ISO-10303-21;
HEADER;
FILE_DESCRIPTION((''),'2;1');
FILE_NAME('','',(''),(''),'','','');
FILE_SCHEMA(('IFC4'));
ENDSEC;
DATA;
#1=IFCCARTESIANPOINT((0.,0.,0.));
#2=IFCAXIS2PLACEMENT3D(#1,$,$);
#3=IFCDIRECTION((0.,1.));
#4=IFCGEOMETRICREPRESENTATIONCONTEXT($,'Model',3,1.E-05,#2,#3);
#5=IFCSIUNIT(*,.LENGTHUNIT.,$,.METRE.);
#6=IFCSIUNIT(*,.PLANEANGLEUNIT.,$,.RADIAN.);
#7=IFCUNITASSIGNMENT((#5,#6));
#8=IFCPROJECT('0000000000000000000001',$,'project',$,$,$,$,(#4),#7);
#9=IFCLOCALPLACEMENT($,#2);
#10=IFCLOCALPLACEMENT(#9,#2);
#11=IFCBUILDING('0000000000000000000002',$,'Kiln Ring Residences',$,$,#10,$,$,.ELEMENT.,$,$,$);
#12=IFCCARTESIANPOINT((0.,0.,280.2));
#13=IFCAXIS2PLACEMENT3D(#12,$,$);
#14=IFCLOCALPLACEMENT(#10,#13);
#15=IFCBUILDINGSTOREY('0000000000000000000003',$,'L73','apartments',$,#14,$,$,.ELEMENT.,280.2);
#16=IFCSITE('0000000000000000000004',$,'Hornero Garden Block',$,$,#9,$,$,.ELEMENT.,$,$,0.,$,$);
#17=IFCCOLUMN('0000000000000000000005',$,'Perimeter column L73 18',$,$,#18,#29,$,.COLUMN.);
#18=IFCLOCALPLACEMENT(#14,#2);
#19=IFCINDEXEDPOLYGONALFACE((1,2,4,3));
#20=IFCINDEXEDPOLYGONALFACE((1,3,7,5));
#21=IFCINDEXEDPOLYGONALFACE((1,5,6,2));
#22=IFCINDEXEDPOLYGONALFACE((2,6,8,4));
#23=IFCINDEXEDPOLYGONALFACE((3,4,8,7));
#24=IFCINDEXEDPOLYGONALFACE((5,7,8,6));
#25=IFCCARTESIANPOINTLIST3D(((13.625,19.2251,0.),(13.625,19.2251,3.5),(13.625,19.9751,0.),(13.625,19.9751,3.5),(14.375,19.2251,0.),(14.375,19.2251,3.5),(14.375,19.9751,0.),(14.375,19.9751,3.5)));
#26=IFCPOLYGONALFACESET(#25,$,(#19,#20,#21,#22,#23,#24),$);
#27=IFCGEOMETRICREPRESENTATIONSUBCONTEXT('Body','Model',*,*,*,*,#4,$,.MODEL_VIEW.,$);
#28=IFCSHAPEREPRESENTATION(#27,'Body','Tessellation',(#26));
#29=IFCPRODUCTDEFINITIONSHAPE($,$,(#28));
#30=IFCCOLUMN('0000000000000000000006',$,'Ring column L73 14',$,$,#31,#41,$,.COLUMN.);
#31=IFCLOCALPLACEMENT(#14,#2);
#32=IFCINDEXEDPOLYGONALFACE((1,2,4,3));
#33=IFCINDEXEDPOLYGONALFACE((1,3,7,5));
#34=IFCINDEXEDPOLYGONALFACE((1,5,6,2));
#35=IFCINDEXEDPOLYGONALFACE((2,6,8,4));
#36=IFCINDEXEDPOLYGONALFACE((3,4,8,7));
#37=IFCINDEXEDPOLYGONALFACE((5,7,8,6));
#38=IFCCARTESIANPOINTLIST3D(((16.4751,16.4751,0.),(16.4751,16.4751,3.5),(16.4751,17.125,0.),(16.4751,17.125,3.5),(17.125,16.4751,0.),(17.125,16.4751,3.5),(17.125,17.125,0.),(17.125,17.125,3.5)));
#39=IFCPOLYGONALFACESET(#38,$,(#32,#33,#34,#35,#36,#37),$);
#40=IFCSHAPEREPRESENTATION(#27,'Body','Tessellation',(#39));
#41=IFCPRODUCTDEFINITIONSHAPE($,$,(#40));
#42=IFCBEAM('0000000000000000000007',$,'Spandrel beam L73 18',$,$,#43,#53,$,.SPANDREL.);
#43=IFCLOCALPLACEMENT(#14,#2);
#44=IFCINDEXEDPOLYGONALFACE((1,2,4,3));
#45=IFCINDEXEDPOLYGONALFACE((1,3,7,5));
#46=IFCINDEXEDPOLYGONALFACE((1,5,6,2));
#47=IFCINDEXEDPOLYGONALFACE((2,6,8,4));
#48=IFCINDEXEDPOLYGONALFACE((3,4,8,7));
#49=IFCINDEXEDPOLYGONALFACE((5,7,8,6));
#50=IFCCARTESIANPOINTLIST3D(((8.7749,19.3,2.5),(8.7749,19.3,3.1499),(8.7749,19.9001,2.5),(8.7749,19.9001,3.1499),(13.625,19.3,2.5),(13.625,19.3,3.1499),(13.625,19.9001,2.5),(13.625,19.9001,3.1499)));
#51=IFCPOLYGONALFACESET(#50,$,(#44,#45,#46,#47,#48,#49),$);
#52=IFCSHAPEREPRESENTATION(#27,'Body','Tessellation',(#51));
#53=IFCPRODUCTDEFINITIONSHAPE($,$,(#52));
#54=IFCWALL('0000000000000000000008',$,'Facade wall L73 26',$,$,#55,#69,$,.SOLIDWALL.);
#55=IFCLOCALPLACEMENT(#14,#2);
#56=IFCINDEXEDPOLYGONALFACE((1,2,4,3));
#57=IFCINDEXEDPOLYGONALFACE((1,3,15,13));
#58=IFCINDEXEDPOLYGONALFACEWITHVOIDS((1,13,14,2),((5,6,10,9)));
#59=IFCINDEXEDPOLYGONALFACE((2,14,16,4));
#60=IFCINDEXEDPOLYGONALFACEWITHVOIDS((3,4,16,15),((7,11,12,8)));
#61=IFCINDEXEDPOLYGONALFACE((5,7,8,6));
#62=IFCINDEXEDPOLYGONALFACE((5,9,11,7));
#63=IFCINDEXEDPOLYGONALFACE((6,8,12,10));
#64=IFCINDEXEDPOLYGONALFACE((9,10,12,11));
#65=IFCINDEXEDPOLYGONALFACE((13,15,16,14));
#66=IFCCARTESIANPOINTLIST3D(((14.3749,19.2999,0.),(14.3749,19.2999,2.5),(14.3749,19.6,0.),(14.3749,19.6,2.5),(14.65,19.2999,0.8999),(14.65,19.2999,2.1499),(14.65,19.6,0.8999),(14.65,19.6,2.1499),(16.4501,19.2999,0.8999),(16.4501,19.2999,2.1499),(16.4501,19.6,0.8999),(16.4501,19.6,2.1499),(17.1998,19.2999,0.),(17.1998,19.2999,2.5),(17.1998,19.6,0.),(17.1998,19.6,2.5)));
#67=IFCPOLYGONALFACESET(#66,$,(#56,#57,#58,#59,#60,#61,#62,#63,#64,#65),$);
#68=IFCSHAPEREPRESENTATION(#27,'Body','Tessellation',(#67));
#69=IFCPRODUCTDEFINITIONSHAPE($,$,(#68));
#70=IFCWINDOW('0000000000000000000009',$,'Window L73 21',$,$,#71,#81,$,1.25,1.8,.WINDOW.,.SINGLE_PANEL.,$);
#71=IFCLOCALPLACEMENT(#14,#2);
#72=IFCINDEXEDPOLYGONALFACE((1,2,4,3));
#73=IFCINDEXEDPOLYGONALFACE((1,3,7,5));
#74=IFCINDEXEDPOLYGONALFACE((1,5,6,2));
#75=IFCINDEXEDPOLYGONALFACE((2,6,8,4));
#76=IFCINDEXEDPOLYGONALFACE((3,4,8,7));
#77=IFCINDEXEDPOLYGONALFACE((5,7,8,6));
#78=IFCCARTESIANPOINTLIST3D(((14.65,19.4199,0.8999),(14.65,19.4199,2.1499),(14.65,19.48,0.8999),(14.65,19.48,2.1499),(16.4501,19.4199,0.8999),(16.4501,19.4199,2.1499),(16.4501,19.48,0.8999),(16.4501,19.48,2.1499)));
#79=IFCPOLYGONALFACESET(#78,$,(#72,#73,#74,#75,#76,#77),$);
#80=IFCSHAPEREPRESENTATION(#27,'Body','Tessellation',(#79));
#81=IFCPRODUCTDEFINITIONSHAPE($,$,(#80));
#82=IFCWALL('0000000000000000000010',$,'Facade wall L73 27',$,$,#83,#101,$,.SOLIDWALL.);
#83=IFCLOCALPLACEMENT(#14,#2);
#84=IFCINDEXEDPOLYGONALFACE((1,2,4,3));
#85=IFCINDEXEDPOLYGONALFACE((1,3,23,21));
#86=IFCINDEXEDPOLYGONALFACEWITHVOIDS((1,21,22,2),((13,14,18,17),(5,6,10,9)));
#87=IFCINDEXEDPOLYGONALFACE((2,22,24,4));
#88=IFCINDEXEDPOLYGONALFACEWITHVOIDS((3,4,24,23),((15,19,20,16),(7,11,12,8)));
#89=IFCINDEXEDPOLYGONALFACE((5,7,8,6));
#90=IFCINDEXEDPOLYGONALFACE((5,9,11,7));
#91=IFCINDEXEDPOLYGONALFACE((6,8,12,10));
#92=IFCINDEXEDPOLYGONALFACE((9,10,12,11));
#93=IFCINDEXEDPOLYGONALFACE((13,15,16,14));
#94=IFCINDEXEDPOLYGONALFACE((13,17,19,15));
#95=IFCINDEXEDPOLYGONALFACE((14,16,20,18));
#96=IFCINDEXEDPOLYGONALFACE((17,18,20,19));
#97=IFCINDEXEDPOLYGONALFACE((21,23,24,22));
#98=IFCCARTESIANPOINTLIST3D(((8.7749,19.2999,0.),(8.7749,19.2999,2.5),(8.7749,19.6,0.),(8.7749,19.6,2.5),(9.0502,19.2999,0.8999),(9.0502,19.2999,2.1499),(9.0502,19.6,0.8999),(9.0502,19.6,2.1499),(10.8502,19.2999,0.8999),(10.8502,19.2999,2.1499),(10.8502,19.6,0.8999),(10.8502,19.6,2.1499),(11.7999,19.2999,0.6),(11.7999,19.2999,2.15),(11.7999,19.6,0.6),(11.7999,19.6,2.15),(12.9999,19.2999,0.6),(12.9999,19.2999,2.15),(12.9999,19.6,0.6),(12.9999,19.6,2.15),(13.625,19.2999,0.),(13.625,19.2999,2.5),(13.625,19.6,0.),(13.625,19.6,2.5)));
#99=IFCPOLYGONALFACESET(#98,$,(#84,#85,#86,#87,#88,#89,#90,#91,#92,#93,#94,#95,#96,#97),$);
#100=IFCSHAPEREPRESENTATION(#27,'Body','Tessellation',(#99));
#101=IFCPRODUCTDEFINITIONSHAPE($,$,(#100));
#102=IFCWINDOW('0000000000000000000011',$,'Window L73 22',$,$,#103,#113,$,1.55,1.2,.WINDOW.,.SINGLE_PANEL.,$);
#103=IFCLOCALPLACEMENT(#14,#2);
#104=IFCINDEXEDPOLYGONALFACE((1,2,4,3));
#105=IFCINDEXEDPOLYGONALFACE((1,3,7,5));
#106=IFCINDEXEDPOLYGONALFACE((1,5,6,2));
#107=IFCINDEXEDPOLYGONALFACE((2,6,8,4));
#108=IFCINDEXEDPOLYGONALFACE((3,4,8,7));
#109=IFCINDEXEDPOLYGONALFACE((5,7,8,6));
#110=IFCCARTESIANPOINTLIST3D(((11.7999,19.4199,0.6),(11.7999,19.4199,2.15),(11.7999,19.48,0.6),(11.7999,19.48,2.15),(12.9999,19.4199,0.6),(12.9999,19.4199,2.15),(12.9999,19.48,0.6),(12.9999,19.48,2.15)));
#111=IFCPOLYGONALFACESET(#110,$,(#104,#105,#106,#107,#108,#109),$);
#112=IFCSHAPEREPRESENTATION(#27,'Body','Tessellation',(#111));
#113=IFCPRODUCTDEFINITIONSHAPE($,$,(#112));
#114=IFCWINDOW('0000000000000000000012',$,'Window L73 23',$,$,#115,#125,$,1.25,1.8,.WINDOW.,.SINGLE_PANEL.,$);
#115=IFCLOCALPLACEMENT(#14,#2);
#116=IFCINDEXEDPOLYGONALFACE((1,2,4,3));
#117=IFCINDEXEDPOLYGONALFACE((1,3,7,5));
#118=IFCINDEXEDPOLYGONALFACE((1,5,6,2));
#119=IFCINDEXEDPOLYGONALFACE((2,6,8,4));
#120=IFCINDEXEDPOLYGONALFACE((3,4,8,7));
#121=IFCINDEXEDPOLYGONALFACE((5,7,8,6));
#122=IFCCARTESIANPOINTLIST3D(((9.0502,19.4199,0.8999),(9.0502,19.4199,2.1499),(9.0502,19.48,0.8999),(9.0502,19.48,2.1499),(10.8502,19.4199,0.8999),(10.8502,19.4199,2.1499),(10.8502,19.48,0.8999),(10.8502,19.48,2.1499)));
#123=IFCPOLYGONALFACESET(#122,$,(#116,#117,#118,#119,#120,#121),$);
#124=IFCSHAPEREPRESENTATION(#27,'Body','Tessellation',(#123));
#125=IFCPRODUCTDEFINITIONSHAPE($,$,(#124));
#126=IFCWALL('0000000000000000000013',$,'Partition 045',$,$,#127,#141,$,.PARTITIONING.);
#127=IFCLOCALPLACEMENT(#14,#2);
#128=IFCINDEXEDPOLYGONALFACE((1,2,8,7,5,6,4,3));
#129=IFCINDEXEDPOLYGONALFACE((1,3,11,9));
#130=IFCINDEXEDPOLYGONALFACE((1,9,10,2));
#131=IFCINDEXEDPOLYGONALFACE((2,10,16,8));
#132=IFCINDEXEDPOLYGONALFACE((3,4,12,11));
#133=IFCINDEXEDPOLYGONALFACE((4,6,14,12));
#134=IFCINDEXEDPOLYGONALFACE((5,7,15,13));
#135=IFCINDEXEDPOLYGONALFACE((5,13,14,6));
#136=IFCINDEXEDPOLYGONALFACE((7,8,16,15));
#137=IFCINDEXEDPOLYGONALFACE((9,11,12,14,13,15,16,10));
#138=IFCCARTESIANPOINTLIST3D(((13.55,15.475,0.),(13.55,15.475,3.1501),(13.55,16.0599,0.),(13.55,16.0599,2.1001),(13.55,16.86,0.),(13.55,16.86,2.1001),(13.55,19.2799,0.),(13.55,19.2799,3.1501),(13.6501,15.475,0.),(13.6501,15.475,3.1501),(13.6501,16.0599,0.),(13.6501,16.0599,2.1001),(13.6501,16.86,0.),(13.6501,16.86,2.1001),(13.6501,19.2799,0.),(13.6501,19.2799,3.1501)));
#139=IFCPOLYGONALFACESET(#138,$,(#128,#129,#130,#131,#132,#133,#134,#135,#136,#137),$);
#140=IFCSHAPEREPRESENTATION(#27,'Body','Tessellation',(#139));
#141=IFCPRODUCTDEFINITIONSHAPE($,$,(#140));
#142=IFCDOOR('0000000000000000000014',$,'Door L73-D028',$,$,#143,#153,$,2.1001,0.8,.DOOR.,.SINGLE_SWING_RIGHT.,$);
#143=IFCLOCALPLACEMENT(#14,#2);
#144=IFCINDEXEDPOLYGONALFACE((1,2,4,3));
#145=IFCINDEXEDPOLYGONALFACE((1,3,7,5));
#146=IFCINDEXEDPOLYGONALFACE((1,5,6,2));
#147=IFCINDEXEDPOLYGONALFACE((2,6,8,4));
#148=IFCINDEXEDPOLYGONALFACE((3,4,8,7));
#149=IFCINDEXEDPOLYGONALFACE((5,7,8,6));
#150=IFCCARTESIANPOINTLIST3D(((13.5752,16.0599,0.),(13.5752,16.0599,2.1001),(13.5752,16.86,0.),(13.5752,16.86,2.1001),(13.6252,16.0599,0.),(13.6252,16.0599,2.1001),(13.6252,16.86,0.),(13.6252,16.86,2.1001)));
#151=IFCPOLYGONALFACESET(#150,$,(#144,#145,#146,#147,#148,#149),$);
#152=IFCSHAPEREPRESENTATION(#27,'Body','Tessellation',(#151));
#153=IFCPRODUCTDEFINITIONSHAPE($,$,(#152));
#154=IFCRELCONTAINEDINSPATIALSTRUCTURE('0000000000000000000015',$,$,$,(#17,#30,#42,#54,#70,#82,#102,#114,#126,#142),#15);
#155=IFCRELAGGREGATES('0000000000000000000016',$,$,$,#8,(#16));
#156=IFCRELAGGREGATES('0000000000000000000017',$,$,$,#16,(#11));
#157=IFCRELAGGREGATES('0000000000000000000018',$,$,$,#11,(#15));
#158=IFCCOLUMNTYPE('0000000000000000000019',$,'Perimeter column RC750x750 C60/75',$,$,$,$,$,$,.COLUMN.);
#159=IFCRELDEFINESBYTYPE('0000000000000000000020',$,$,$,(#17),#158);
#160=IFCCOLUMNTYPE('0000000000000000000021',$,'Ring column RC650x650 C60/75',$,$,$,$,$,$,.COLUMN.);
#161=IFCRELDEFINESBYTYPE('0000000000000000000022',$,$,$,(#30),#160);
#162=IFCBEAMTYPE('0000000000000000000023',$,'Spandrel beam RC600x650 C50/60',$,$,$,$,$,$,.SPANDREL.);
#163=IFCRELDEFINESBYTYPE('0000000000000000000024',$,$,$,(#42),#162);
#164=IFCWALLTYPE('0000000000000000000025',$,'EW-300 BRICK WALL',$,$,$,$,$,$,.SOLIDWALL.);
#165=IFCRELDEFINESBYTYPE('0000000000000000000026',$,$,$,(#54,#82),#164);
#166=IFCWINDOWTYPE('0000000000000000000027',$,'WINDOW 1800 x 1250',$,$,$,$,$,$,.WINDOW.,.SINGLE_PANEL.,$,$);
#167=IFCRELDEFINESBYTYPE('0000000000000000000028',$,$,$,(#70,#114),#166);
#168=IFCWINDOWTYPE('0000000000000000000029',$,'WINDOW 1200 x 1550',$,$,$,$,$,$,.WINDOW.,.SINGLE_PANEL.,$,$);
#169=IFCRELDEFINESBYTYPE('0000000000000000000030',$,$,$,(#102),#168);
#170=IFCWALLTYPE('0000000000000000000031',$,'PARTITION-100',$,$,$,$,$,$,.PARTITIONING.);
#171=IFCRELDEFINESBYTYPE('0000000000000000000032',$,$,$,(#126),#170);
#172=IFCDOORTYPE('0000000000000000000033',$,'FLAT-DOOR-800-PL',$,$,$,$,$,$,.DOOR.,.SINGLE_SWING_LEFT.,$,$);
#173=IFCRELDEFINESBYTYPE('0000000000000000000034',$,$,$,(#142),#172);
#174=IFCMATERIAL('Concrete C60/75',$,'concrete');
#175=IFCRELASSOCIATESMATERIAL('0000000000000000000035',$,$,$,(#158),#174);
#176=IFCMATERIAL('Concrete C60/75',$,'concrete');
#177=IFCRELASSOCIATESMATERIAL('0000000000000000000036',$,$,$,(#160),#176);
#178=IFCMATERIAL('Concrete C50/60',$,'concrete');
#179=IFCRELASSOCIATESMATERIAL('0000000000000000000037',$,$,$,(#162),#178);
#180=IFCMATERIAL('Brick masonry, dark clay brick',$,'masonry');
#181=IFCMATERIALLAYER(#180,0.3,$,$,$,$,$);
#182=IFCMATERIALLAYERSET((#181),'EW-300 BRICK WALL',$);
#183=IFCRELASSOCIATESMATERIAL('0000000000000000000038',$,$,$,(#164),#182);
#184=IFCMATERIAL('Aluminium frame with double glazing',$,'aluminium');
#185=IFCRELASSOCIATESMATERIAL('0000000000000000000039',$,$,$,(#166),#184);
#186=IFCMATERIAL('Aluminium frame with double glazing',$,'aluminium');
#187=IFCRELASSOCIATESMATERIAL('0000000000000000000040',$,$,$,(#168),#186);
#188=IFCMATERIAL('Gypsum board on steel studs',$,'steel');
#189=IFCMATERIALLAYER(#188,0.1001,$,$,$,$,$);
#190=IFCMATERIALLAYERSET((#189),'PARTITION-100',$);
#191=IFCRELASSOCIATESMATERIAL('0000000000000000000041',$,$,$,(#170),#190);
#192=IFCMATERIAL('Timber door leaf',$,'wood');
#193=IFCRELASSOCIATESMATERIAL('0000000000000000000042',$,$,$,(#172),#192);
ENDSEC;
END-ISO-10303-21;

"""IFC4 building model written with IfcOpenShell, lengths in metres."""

from ifc_helpers import new_model, si_unit, direction, frame, frame_2d, origin, origin_2d, place, context, subcontext, project, spatial, rectangle, extrude, material, layer, layer_set, material_profile, profile_set, type_object, element, fill, save


model = new_model("IFC4")

# Units and contexts
model_context = context("Model", 3, precision=1e-05, world=origin(), true_north=direction((0.0, 1.0)))
body_context = subcontext(model_context, "Body", "Model", "MODEL_VIEW")
ifc_project = project(units=[si_unit("LENGTHUNIT", "METRE"), si_unit("PLANEANGLEUNIT", "RADIAN")], contexts=[model_context])

# Site, building, storey
site_placement = place(None, origin())
site = spatial("IfcSite", under=ifc_project, at=site_placement, Name="Hornero Garden Block", CompositionType="ELEMENT", RefElevation=0.0)
building_placement = place(site_placement, origin())
building = spatial("IfcBuilding", under=site, at=building_placement, Name="Kiln Ring Residences", CompositionType="ELEMENT")
storey_placement = place(building_placement, frame((0.0, 0.0, 280.2)))
storey = spatial("IfcBuildingStorey", under=building, at=storey_placement, Name="L73", Description="apartments", CompositionType="ELEMENT", Elevation=280.2)

# Columns
ifc_material_1 = material(Name="Concrete C60/75", Category="concrete")
ifc_material_profile_1 = material_profile(ifc_material_1, rectangle(XDim=0.75, YDim=0.75, at=origin_2d()), Name="RC750x750")
ifc_profile_set_1 = profile_set([ifc_material_profile_1], Name="Concrete C60/75")
column_type_1 = type_object("IfcColumnType", Name="Perimeter column RC750x750 C60/75", PredefinedType="COLUMN", material=ifc_profile_set_1)
column_1_placement = place(storey_placement, frame((14.0, 19.6001, 0.0), z_axis=(0.0, 0.0, 1.0), x_axis=(1.0, 0.0, 0.0)))
element("IfcColumn", 1, at=column_1_placement, inside=storey, type_object=column_type_1, Name="Perimeter column L73 18", PredefinedType="COLUMN", context=body_context, shape_type="SweptSolid", body=[
    extrude(rectangle(XDim=0.75, YDim=0.75, at=origin_2d()), origin(), (0.0, 0.0, 1.0), 3.5),
])
ifc_material_2 = material(Name="Concrete C60/75", Category="concrete")
ifc_material_profile_2 = material_profile(ifc_material_2, rectangle(XDim=0.6499, YDim=0.6499, at=origin_2d()), Name="RC650x650")
ifc_profile_set_2 = profile_set([ifc_material_profile_2], Name="Concrete C60/75")
column_type_2 = type_object("IfcColumnType", Name="Ring column RC650x650 C60/75", PredefinedType="COLUMN", material=ifc_profile_set_2)
column_2_placement = place(storey_placement, frame((16.8, 16.8, 0.0), z_axis=(0.0, 0.0, 1.0), x_axis=(1.0, 0.0, 0.0)))
element("IfcColumn", 2, at=column_2_placement, inside=storey, type_object=column_type_2, Name="Ring column L73 14", PredefinedType="COLUMN", context=body_context, shape_type="SweptSolid", body=[
    extrude(rectangle(XDim=0.6499, YDim=0.6499, at=origin_2d()), origin(), (0.0, 0.0, 1.0), 3.5),
])

# Beam
ifc_material_3 = material(Name="Concrete C50/60", Category="concrete")
ifc_material_profile_3 = material_profile(ifc_material_3, rectangle(XDim=0.6001, YDim=0.6499, at=origin_2d()), Name="RC600x650")
ifc_profile_set_3 = profile_set([ifc_material_profile_3], Name="Concrete C50/60")
beam_type = type_object("IfcBeamType", Name="Spandrel beam RC600x650 C50/60", PredefinedType="SPANDREL", material=ifc_profile_set_3)
beam_placement = place(storey_placement, frame((13.625, 19.6001, 2.825), z_axis=(-1.0, 0.0, 0.0), x_axis=(0.0, -1.0, 0.0)))
element("IfcBeam", 3, at=beam_placement, inside=storey, type_object=beam_type, Name="Spandrel beam L73 18", PredefinedType="SPANDREL", context=body_context, shape_type="SweptSolid", body=[
    extrude(rectangle(XDim=0.6001, YDim=0.6499, at=origin_2d()), origin(), (0.0, 0.0, 1.0), 4.8501),
])

# Wall, opening, window
ifc_material_4 = material(Name="Brick masonry, dark clay brick", Category="masonry")
ifc_layer_1 = layer(ifc_material_4, 0.3)
ifc_layer_set_1 = layer_set([ifc_layer_1], Name="EW-300 BRICK WALL")
wall_type_1 = type_object("IfcWallType", Name="EW-300 BRICK WALL", PredefinedType="SOLIDWALL", material=ifc_layer_set_1)
wall_1_placement = place(storey_placement, frame((17.2, 19.45, 0.0), z_axis=(0.0, 0.0, 1.0), x_axis=(-1.0, 0.0, 0.0)))
wall_1 = element("IfcWall", 4, at=wall_1_placement, inside=storey, type_object=wall_type_1, Name="Facade wall L73 26", PredefinedType="SOLIDWALL", context=body_context, shape_type="SweptSolid", body=[
    extrude(rectangle(XDim=2.825, YDim=0.3, at=frame_2d((1.4126, 0.0))), origin(), (0.0, 0.0, 1.0), 2.5),
])
opening_1_placement = place(wall_1_placement, frame((0.75, 0.0, 0.8999)))
opening_1 = element("IfcOpeningElement", 5, at=opening_1_placement, cuts=wall_1, PredefinedType="OPENING", context=body_context, shape_type="SweptSolid", body=[
    extrude(rectangle(XDim=1.8, YDim=1.25, at=frame_2d((0.8999, 0.625))), frame((0.0, 0.1599, 0.0), z_axis=(0.0, -1.0, 0.0), x_axis=(1.0, 0.0, 0.0)), (0.0, 0.0, 1.0), 0.3201),
])
ifc_material_5 = material(Name="Aluminium frame with double glazing", Category="aluminium")
window_type_1 = type_object("IfcWindowType", Name="WINDOW 1800 x 1250", PartitioningType="SINGLE_PANEL", PredefinedType="WINDOW", material=ifc_material_5)
window_1_placement = place(opening_1_placement, origin())
window_1 = element("IfcWindow", 6, at=window_1_placement, inside=storey, type_object=window_type_1, Name="Window L73 21", OverallHeight=1.25, OverallWidth=1.8, PartitioningType="SINGLE_PANEL", PredefinedType="WINDOW", context=body_context, shape_type="SweptSolid", body=[
    extrude(rectangle(XDim=1.8, YDim=1.25, at=frame_2d((0.8999, 0.625))), frame((0.0, 0.03, 0.0), z_axis=(0.0, -1.0, 0.0), x_axis=(1.0, 0.0, 0.0)), (0.0, 0.0, 1.0), 0.0601),
])
fill(opening_1, window_1)

# Wall, openings, windows
wall_2_placement = place(storey_placement, frame((13.625, 19.45, 0.0), z_axis=(0.0, 0.0, 1.0), x_axis=(-1.0, 0.0, 0.0)))
wall_2 = element("IfcWall", 7, at=wall_2_placement, inside=storey, type_object=wall_type_1, Name="Facade wall L73 27", PredefinedType="SOLIDWALL", context=body_context, shape_type="SweptSolid", body=[
    extrude(rectangle(XDim=4.8501, YDim=0.3, at=frame_2d((2.425, 0.0))), origin(), (0.0, 0.0, 1.0), 2.5),
])
opening_2_placement = place(wall_2_placement, frame((0.625, 0.0, 0.6001)))
opening_2 = element("IfcOpeningElement", 8, at=opening_2_placement, cuts=wall_2, PredefinedType="OPENING", context=body_context, shape_type="SweptSolid", body=[
    extrude(rectangle(XDim=1.2, YDim=1.55, at=frame_2d((0.6001, 0.7749))), frame((0.0, 0.1599, 0.0), z_axis=(0.0, -1.0, 0.0), x_axis=(1.0, 0.0, 0.0)), (0.0, 0.0, 1.0), 0.3201),
])
opening_3_placement = place(wall_2_placement, frame((2.7749, 0.0, 0.8999)))
opening_3 = element("IfcOpeningElement", 9, at=opening_3_placement, cuts=wall_2, PredefinedType="OPENING", context=body_context, shape_type="SweptSolid", body=[
    extrude(rectangle(XDim=1.8, YDim=1.25, at=frame_2d((0.8999, 0.625))), frame((0.0, 0.1599, 0.0), z_axis=(0.0, -1.0, 0.0), x_axis=(1.0, 0.0, 0.0)), (0.0, 0.0, 1.0), 0.3201),
])
ifc_material_6 = material(Name="Aluminium frame with double glazing", Category="aluminium")
window_type_2 = type_object("IfcWindowType", Name="WINDOW 1200 x 1550", PartitioningType="SINGLE_PANEL", PredefinedType="WINDOW", material=ifc_material_6)
window_2_placement = place(opening_2_placement, origin())
window_2 = element("IfcWindow", 10, at=window_2_placement, inside=storey, type_object=window_type_2, Name="Window L73 22", OverallHeight=1.55, OverallWidth=1.2, PartitioningType="SINGLE_PANEL", PredefinedType="WINDOW", context=body_context, shape_type="SweptSolid", body=[
    extrude(rectangle(XDim=1.2, YDim=1.55, at=frame_2d((0.6001, 0.7749))), frame((0.0, 0.03, 0.0), z_axis=(0.0, -1.0, 0.0), x_axis=(1.0, 0.0, 0.0)), (0.0, 0.0, 1.0), 0.0601),
])
fill(opening_2, window_2)
window_3_placement = place(opening_3_placement, origin())
window_3 = element("IfcWindow", 11, at=window_3_placement, inside=storey, type_object=window_type_1, Name="Window L73 23", OverallHeight=1.25, OverallWidth=1.8, PartitioningType="SINGLE_PANEL", PredefinedType="WINDOW", context=body_context, shape_type="SweptSolid", body=[
    extrude(rectangle(XDim=1.8, YDim=1.25, at=frame_2d((0.8999, 0.625))), frame((0.0, 0.03, 0.0), z_axis=(0.0, -1.0, 0.0), x_axis=(1.0, 0.0, 0.0)), (0.0, 0.0, 1.0), 0.0601),
])
fill(opening_3, window_3)

# Wall, opening, door
ifc_material_7 = material(Name="Gypsum board on steel studs", Category="steel")
ifc_layer_2 = layer(ifc_material_7, 0.1001)
ifc_layer_set_2 = layer_set([ifc_layer_2], Name="PARTITION-100")
wall_type_2 = type_object("IfcWallType", Name="PARTITION-100", PredefinedType="PARTITIONING", material=ifc_layer_set_2)
wall_3_placement = place(storey_placement, frame((13.6001, 15.4751, 0.0), z_axis=(0.0, 0.0, 1.0), x_axis=(0.0, 1.0, 0.0)))
wall_3 = element("IfcWall", 12, at=wall_3_placement, inside=storey, type_object=wall_type_2, Name="Partition 045", PredefinedType="PARTITIONING", context=body_context, shape_type="SweptSolid", body=[
    extrude(rectangle(XDim=3.8049, YDim=0.1001, at=frame_2d((1.9023, 0.0))), origin(), (0.0, 0.0, 1.0), 3.1501),
])
opening_4_placement = place(wall_3_placement, frame((0.585, 0.0, 0.0)))
opening_4 = element("IfcOpeningElement", 13, at=opening_4_placement, cuts=wall_3, PredefinedType="OPENING", context=body_context, shape_type="SweptSolid", body=[
    extrude(rectangle(XDim=0.8, YDim=2.1001, at=frame_2d((0.3999, 1.05))), frame((0.0, 0.0601, 0.0), z_axis=(0.0, -1.0, 0.0), x_axis=(1.0, 0.0, 0.0)), (0.0, 0.0, 1.0), 0.1201),
])
ifc_material_8 = material(Name="Timber door leaf", Category="wood")
door_type_1 = type_object("IfcDoorType", Name="FLAT-DOOR-800-PL", OperationType="SINGLE_SWING_LEFT", PredefinedType="DOOR", material=ifc_material_8)
door_1_placement = place(opening_4_placement, origin())
door_1 = element("IfcDoor", 14, at=door_1_placement, inside=storey, type_object=door_type_1, Name="Door L73-D028", OperationType="SINGLE_SWING_RIGHT", OverallHeight=2.1001, OverallWidth=0.8, PredefinedType="DOOR", context=body_context, shape_type="SweptSolid", body=[
    extrude(rectangle(XDim=0.8, YDim=2.1001, at=frame_2d((0.3999, 1.05))), frame((0.0, 0.0249, 0.0), z_axis=(0.0, -1.0, 0.0), x_axis=(1.0, 0.0, 0.0)), (0.0, 0.0, 1.0), 0.05),
])
fill(opening_4, door_1)

save(model, "model.ifc")
